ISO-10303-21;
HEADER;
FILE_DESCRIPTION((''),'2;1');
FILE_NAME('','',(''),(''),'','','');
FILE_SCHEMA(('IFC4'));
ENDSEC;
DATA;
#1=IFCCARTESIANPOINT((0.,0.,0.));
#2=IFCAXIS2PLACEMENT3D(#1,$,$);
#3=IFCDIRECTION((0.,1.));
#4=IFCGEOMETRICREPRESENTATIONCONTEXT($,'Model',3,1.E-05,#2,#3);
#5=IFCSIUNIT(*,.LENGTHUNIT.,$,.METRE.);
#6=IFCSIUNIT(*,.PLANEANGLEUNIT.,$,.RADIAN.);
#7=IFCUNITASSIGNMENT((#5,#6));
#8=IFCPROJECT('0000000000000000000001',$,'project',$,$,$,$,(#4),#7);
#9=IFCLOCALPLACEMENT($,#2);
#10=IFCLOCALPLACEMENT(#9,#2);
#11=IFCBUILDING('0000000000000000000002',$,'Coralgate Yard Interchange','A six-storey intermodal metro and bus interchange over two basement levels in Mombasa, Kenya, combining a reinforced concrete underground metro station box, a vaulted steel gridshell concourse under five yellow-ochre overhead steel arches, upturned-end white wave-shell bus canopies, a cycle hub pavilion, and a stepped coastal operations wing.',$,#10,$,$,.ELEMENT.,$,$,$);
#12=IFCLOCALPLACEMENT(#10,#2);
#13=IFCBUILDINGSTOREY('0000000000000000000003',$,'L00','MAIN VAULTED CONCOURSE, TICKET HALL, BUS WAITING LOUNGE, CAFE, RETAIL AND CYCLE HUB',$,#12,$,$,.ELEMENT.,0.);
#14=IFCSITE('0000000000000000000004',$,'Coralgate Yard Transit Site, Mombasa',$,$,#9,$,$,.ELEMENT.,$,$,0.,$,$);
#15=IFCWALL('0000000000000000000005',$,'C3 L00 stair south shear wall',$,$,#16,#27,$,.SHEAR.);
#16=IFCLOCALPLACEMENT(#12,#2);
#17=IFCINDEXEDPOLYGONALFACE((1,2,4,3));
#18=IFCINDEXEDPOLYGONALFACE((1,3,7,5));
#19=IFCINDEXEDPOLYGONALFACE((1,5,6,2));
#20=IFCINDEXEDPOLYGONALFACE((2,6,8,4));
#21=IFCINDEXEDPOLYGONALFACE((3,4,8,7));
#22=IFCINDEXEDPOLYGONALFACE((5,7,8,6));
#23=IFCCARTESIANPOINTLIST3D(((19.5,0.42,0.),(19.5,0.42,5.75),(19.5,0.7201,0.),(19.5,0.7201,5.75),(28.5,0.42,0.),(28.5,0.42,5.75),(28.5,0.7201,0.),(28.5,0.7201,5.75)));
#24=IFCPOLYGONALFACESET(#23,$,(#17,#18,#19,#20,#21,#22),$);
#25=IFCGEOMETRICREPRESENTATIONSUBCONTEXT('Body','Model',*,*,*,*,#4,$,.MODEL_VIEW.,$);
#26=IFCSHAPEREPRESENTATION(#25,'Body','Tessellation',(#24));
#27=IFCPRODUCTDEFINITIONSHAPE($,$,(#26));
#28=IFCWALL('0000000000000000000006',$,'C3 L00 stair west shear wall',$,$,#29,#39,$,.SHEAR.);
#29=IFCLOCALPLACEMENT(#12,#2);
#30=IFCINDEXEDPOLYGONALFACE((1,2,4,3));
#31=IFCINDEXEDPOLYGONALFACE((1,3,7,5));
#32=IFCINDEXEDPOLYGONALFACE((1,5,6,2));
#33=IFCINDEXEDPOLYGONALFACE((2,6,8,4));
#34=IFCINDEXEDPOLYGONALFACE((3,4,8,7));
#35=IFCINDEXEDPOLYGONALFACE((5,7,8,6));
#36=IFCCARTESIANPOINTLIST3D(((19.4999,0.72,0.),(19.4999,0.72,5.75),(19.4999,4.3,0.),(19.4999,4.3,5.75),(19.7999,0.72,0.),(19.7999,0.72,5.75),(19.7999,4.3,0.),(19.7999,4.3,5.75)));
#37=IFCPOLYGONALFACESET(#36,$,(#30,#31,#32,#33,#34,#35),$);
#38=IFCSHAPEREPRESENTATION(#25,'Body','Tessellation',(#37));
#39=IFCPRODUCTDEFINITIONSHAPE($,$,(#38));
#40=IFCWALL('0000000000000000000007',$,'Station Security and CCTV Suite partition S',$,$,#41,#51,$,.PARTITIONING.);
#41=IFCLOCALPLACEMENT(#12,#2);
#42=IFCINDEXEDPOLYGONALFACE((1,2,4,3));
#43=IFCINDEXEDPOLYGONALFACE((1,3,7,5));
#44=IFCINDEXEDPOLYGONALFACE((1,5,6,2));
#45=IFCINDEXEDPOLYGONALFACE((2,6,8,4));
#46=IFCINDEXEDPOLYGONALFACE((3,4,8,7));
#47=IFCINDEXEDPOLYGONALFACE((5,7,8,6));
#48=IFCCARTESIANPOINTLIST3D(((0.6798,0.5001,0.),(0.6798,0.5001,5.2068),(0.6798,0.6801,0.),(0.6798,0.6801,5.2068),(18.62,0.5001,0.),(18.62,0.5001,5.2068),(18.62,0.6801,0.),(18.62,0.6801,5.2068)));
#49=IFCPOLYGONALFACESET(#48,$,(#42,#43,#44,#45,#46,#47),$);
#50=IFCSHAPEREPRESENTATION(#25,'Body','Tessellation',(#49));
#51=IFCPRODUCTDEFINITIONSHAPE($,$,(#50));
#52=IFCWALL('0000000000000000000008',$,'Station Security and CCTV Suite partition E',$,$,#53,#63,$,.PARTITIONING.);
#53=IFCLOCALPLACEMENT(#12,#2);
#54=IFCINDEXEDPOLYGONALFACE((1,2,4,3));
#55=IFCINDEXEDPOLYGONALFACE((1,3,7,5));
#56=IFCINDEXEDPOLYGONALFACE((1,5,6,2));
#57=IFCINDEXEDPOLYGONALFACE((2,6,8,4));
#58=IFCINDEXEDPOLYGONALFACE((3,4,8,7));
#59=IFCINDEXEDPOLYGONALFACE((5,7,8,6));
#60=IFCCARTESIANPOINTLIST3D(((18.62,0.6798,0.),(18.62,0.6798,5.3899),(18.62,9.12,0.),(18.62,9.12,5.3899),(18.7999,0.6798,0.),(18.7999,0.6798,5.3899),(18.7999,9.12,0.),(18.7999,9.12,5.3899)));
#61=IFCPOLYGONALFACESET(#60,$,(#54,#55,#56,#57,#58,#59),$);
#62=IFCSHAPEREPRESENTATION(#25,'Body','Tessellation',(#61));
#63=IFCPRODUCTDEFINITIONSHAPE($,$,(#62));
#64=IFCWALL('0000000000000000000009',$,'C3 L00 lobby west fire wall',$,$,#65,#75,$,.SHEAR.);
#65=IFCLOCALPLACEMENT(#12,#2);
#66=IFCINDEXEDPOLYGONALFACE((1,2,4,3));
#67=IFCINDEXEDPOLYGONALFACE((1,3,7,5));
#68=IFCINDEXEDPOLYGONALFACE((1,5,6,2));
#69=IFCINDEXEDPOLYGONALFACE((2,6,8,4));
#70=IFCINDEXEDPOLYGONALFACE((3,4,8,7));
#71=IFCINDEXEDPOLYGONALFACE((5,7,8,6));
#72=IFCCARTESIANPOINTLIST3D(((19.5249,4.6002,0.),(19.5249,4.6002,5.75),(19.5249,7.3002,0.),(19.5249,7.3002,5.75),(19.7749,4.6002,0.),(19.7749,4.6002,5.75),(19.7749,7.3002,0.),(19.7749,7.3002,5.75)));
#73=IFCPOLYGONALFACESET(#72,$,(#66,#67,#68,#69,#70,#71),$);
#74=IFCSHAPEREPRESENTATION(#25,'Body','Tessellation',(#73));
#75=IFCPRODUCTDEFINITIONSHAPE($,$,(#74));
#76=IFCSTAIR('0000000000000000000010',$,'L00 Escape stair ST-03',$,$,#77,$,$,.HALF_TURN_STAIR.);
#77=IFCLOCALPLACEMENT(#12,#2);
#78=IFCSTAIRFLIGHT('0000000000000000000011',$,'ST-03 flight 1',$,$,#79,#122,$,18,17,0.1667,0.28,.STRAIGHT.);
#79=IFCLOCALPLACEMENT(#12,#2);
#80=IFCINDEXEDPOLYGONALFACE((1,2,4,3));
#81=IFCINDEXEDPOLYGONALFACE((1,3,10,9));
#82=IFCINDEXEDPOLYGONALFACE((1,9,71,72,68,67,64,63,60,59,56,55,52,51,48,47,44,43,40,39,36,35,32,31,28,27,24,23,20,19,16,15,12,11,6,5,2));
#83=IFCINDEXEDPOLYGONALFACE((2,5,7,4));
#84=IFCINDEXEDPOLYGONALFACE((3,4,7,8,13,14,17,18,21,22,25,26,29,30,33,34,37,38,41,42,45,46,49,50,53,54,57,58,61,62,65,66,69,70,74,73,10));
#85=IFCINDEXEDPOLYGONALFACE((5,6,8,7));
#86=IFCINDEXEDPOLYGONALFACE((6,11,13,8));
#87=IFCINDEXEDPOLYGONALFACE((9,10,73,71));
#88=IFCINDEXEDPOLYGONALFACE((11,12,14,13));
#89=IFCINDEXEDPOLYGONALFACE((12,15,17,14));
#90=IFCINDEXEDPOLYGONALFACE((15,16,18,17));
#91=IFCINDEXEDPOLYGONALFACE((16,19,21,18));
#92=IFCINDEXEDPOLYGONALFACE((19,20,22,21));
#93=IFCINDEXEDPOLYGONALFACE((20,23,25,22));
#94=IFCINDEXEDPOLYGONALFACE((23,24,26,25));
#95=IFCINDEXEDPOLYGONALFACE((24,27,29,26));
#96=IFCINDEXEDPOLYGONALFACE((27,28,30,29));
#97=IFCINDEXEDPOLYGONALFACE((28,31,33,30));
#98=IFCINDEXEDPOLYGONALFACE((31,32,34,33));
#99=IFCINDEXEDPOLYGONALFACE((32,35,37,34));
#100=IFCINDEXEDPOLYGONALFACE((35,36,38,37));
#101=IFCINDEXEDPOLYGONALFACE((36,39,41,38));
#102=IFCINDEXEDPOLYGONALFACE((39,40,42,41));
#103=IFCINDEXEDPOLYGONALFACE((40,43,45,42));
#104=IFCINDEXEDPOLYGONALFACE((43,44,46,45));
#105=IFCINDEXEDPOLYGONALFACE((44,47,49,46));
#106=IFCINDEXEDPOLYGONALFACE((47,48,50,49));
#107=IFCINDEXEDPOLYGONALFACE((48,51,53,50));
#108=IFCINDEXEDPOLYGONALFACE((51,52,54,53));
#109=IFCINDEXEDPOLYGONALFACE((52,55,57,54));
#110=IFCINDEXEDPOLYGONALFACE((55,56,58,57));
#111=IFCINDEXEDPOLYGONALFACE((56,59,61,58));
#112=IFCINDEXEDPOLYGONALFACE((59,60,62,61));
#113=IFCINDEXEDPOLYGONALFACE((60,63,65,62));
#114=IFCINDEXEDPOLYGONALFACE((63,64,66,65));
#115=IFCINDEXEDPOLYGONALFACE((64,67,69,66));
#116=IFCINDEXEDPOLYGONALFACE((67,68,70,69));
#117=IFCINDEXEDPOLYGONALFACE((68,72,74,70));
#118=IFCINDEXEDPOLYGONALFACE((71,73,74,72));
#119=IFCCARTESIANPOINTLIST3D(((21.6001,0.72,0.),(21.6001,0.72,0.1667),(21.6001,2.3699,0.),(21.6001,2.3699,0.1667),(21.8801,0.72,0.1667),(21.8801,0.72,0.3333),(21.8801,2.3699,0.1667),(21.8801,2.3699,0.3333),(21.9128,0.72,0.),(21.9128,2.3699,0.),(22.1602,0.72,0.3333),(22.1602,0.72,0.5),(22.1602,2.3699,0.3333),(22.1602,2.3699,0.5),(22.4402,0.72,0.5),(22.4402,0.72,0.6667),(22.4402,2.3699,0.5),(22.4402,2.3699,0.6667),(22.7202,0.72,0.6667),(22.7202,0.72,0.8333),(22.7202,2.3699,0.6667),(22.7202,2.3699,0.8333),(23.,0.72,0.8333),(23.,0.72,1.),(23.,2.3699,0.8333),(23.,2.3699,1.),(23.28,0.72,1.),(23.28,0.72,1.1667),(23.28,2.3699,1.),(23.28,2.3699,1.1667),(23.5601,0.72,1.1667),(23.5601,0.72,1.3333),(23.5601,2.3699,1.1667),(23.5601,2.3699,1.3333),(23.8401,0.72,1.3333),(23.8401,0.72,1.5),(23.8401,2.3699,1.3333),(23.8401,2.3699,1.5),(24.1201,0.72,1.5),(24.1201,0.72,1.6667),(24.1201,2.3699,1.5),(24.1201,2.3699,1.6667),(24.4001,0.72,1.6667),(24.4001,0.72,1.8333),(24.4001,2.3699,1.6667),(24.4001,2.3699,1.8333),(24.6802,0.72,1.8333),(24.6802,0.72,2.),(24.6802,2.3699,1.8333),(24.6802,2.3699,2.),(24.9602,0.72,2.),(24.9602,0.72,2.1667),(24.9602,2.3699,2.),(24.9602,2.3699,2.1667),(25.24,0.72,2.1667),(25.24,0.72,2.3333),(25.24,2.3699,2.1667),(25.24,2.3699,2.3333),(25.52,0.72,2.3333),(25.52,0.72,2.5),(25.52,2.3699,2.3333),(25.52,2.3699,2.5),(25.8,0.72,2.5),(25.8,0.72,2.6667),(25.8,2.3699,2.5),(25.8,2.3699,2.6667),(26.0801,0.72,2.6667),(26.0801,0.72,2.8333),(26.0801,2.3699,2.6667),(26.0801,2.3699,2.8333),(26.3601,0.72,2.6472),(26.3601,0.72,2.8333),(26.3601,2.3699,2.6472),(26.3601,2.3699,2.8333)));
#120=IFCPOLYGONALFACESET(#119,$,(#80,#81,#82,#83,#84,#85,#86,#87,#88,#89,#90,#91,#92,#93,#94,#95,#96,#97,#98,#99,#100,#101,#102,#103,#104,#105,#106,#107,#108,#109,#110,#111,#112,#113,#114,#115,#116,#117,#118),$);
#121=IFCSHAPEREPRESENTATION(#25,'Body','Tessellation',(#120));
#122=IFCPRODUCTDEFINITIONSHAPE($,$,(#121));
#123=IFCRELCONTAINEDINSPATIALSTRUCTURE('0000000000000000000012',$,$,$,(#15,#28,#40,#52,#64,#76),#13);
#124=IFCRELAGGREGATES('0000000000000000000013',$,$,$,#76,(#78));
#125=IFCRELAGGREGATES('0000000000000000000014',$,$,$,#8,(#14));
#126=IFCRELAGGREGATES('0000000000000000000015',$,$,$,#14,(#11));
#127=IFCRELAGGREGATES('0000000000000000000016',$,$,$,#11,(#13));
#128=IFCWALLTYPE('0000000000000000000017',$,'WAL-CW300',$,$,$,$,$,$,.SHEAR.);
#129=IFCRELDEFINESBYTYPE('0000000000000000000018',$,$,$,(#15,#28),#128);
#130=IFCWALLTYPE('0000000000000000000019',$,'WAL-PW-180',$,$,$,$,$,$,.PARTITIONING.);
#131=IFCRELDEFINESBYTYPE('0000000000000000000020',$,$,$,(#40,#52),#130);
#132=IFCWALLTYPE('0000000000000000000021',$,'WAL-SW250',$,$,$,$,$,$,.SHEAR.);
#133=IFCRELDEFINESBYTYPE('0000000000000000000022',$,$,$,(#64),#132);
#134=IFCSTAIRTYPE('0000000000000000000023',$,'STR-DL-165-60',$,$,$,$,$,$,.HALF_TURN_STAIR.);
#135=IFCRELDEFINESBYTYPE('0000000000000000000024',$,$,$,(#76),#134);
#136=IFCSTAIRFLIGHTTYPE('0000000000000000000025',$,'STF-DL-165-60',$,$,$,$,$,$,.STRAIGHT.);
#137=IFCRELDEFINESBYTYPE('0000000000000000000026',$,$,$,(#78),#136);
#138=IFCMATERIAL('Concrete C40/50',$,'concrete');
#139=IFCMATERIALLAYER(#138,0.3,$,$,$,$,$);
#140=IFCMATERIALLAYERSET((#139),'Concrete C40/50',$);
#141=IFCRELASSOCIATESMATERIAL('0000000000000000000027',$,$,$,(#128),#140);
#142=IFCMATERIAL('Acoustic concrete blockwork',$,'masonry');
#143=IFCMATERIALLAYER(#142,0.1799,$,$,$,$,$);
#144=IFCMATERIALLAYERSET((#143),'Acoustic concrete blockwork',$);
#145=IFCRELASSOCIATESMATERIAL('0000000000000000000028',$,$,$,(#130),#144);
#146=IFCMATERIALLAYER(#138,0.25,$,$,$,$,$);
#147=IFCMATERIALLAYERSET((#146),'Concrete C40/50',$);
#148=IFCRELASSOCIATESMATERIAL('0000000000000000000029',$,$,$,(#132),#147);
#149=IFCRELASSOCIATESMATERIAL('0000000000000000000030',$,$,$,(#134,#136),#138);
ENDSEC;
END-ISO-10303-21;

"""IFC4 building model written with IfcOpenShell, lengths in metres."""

from ifc_helpers import new_model, si_unit, direction, frame, frame_2d, origin, place, context, subcontext, project, spatial, polyline, rectangle, outline, extrude, material, layer, layer_set, type_object, element, aggregate, save


model = new_model("IFC4")

# Units and contexts
model_context = context("Model", 3, precision=1e-05, world=origin(), true_north=direction((0.0, 1.0)))
body_context = subcontext(model_context, "Body", "Model", "MODEL_VIEW")
ifc_project = project(units=[si_unit("LENGTHUNIT", "METRE"), si_unit("PLANEANGLEUNIT", "RADIAN")], contexts=[model_context])

# Site, building, storey
site_placement = place(None, origin())
site = spatial("IfcSite", under=ifc_project, at=site_placement, Name="Coralgate Yard Transit Site, Mombasa", CompositionType="ELEMENT", RefElevation=0.0)
building_placement = place(site_placement, origin())
building = spatial("IfcBuilding", under=site, at=building_placement, Name="Coralgate Yard Interchange", Description="A six-storey intermodal metro and bus interchange over two basement levels in Mombasa, Kenya, combining a reinforced concrete underground metro station box, a vaulted steel gridshell concourse under five yellow-ochre overhead steel arches, upturned-end white wave-shell bus canopies, a cycle hub pavilion, and a stepped coastal operations wing.", CompositionType="ELEMENT")
storey_placement = place(building_placement, origin())
storey = spatial("IfcBuildingStorey", under=building, at=storey_placement, Name="L00", Description="MAIN VAULTED CONCOURSE, TICKET HALL, BUS WAITING LOUNGE, CAFE, RETAIL AND CYCLE HUB", CompositionType="ELEMENT", Elevation=0.0)

# Shared definitions
ifc_material_1 = material(Name="Concrete C40/50", Category="concrete")

# Walls
ifc_layer_1 = layer(ifc_material_1, 0.3)
ifc_layer_set_1 = layer_set([ifc_layer_1], Name="Concrete C40/50")
wall_type_1 = type_object("IfcWallType", Name="WAL-CW300", PredefinedType="SHEAR", material=ifc_layer_set_1)
wall_1_placement = place(storey_placement, frame((19.5, 0.5701, 0.0), z_axis=(0.0, 0.0, 1.0), x_axis=(1.0, 0.0, 0.0)))
element("IfcWall", 1, at=wall_1_placement, inside=storey, type_object=wall_type_1, Name="C3 L00 stair south shear wall", PredefinedType="SHEAR", context=body_context, shape_type="SweptSolid", body=[
    extrude(rectangle(XDim=9.0, YDim=0.3, at=frame_2d((4.5, 0.0))), origin(), (0.0, 0.0, 1.0), 5.75),
])
wall_2_placement = place(storey_placement, frame((19.6499, 0.72, 0.0), z_axis=(0.0, 0.0, 1.0), x_axis=(0.0, 1.0, 0.0)))
element("IfcWall", 2, at=wall_2_placement, inside=storey, type_object=wall_type_1, Name="C3 L00 stair west shear wall", PredefinedType="SHEAR", context=body_context, shape_type="SweptSolid", body=[
    extrude(rectangle(XDim=3.5801, YDim=0.3, at=frame_2d((1.79, 0.0))), origin(), (0.0, 0.0, 1.0), 5.75),
])
ifc_material_2 = material(Name="Acoustic concrete blockwork", Category="masonry")
ifc_layer_2 = layer(ifc_material_2, 0.1799)
ifc_layer_set_2 = layer_set([ifc_layer_2], Name="Acoustic concrete blockwork")
wall_type_2 = type_object("IfcWallType", Name="WAL-PW-180", PredefinedType="PARTITIONING", material=ifc_layer_set_2)
wall_3_placement = place(storey_placement, frame((18.6201, 0.5901, 0.0), z_axis=(0.0, 0.0, 1.0), x_axis=(-1.0, 0.0, 0.0)))
element("IfcWall", 3, at=wall_3_placement, inside=storey, type_object=wall_type_2, Name="Station Security and CCTV Suite partition S", PredefinedType="PARTITIONING", context=body_context, shape_type="SweptSolid", body=[
    extrude(rectangle(XDim=17.9402, YDim=0.1799, at=frame_2d((8.9702, 0.0))), origin(), (0.0, 0.0, 1.0), 5.2068),
])
wall_4_placement = place(storey_placement, frame((18.71, 9.1201, 0.0), z_axis=(0.0, 0.0, 1.0), x_axis=(0.0, -1.0, 0.0)))
element("IfcWall", 4, at=wall_4_placement, inside=storey, type_object=wall_type_2, Name="Station Security and CCTV Suite partition E", PredefinedType="PARTITIONING", context=body_context, shape_type="SweptSolid", body=[
    extrude(rectangle(XDim=8.4402, YDim=0.1799, at=frame_2d((4.2202, 0.0))), origin(), (0.0, 0.0, 1.0), 5.3899),
])
ifc_layer_3 = layer(ifc_material_1, 0.25)
ifc_layer_set_3 = layer_set([ifc_layer_3], Name="Concrete C40/50")
wall_type_3 = type_object("IfcWallType", Name="WAL-SW250", PredefinedType="SHEAR", material=ifc_layer_set_3)
wall_5_placement = place(storey_placement, frame((19.6499, 4.6001, 0.0), z_axis=(0.0, 0.0, 1.0), x_axis=(0.0, 1.0, 0.0)))
element("IfcWall", 5, at=wall_5_placement, inside=storey, type_object=wall_type_3, Name="C3 L00 lobby west fire wall", PredefinedType="SHEAR", context=body_context, shape_type="SweptSolid", body=[
    extrude(rectangle(XDim=2.7, YDim=0.25, at=frame_2d((1.3501, 0.0))), origin(), (0.0, 0.0, 1.0), 5.75),
])

# Stair, stair flight
stair_type = type_object("IfcStairType", Name="STR-DL-165-60", PredefinedType="HALF_TURN_STAIR", material=ifc_material_1)
stair_placement = place(storey_placement, origin())
stair = element("IfcStair", 6, at=stair_placement, inside=storey, type_object=stair_type, Name="L00 Escape stair ST-03", PredefinedType="HALF_TURN_STAIR")
stair_flight_type = type_object("IfcStairFlightType", Name="STF-DL-165-60", PredefinedType="STRAIGHT", material=ifc_material_1)
stair_flight_placement = place(storey_placement, frame((21.6001, 1.5449, 0.0), z_axis=(0.0, 0.0, 1.0), x_axis=(1.0, 0.0, 0.0)))
stair_flight = element("IfcStairFlight", 7, at=stair_flight_placement, type_object=stair_flight_type, Name="ST-03 flight 1", NumberOfRisers=18, NumberOfTreads=17, PredefinedType="STRAIGHT", RiserHeight=0.1667, TreadLength=0.28, context=body_context, shape_type="SweptSolid", body=[
    extrude(outline(polyline([(0.0, 0.0), (0.0, 0.1667), (0.28, 0.1667), (0.28, 0.3333), (0.5601, 0.3333), (0.5601, 0.5), (0.8401, 0.5), (0.8401, 0.6667), (1.1201, 0.6667), (1.1201, 0.8333), (1.3999, 0.8333), (1.3999, 1.0), (1.6799, 1.0), (1.6799, 1.1667), (1.96, 1.1667), (1.96, 1.3333), (2.24, 1.3333), (2.24, 1.5), (2.52, 1.5), (2.52, 1.6667), (2.8, 1.6667), (2.8, 1.8333), (3.0801, 1.8333), (3.0801, 2.0), (3.3601, 2.0), (3.3601, 2.1667), (3.6399, 2.1667), (3.6399, 2.3333), (3.9199, 2.3333), (3.9199, 2.5), (4.2, 2.5), (4.2, 2.6667), (4.48, 2.6667), (4.48, 2.8333), (4.76, 2.8333), (4.76, 3.0), (4.76, 2.6472), (0.3127, 0.0), (0.0, 0.0)])), frame((0.0, 0.825, 0.0), z_axis=(0.0, -1.0, 0.0), x_axis=(1.0, 0.0, 0.0)), (0.0, 0.0, 1.0), 1.6499),
])
aggregate(stair, [stair_flight])

save(model, "model.ifc")
